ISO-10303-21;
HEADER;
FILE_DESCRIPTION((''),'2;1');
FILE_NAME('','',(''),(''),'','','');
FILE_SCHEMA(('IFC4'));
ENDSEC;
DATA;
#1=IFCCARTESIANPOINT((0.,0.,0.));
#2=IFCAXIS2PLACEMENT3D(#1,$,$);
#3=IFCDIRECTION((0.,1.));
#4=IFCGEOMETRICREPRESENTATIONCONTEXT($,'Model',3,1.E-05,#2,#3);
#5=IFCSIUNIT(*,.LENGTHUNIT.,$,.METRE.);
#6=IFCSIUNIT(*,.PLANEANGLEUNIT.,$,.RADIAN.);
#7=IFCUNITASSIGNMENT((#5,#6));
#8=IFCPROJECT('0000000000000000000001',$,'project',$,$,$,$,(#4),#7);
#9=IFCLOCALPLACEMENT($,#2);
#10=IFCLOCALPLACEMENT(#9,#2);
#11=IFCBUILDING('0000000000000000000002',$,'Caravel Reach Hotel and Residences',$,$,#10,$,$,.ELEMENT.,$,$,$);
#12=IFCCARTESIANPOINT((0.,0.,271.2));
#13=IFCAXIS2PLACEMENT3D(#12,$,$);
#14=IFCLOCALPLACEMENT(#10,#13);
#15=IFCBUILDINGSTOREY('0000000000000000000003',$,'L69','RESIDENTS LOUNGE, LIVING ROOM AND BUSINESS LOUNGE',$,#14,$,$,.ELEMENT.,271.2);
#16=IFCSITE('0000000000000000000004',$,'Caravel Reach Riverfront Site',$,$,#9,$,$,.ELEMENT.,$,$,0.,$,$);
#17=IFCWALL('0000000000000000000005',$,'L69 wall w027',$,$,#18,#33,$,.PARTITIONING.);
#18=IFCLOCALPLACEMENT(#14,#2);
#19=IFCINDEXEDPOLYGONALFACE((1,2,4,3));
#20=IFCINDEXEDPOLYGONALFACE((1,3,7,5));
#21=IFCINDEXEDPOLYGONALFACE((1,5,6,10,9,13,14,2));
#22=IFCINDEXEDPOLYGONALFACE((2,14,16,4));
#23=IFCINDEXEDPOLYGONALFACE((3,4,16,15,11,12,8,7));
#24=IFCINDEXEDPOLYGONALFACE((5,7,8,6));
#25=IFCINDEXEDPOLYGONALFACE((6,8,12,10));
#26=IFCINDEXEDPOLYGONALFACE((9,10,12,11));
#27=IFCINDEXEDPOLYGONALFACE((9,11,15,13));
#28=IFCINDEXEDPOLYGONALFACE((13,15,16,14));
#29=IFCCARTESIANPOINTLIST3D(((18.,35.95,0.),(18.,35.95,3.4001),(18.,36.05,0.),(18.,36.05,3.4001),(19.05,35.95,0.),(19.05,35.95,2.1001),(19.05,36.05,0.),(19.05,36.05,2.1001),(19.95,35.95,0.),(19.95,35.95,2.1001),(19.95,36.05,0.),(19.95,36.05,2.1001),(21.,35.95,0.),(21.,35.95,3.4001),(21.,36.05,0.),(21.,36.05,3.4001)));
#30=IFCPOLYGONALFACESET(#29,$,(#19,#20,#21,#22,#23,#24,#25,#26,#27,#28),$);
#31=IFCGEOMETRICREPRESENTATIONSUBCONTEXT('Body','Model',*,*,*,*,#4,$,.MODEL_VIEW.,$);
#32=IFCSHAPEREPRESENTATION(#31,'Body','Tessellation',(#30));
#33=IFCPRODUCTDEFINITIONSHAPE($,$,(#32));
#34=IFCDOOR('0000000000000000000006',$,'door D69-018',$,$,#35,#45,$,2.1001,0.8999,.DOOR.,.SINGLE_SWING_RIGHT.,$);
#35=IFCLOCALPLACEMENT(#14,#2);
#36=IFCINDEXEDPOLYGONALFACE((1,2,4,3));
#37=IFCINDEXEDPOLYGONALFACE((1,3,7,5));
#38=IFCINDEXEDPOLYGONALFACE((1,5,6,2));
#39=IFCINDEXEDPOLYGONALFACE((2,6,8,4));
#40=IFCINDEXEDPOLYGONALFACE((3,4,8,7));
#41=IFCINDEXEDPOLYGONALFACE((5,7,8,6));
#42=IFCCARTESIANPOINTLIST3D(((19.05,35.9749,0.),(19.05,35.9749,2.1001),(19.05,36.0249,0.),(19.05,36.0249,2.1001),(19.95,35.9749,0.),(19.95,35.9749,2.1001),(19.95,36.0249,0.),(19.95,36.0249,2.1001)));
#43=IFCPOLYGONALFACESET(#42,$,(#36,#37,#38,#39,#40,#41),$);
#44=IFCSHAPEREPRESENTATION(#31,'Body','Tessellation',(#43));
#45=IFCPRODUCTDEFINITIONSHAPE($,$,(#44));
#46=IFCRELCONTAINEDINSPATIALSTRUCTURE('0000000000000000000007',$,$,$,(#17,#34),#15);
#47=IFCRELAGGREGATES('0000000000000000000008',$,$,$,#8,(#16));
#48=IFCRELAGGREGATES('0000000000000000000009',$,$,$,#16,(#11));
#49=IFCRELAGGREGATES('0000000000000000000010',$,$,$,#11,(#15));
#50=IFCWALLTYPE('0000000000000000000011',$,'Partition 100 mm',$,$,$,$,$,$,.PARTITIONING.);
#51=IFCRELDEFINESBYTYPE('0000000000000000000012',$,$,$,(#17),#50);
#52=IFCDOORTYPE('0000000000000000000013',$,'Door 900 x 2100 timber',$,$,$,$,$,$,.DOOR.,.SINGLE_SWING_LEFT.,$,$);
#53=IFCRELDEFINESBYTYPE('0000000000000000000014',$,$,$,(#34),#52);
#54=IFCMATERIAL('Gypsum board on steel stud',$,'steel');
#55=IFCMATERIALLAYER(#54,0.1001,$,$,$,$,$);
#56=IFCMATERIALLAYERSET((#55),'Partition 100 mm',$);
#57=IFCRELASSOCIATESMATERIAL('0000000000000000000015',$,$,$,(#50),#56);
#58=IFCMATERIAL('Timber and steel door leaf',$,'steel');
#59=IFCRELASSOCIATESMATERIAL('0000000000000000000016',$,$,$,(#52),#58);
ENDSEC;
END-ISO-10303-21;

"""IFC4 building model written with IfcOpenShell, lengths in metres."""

from ifc_helpers import new_model, si_unit, direction, frame, frame_2d, origin, place, context, subcontext, project, spatial, rectangle, extrude, material, layer, layer_set, type_object, element, fill, save


model = new_model("IFC4")

# Units and contexts
model_context = context("Model", 3, precision=1e-05, world=origin(), true_north=direction((0.0, 1.0)))
body_context = subcontext(model_context, "Body", "Model", "MODEL_VIEW")
ifc_project = project(units=[si_unit("LENGTHUNIT", "METRE"), si_unit("PLANEANGLEUNIT", "RADIAN")], contexts=[model_context])

# Site, building, storey
site_placement = place(None, origin())
site = spatial("IfcSite", under=ifc_project, at=site_placement, Name="Caravel Reach Riverfront Site", CompositionType="ELEMENT", RefElevation=0.0)
building_placement = place(site_placement, origin())
building = spatial("IfcBuilding", under=site, at=building_placement, Name="Caravel Reach Hotel and Residences", CompositionType="ELEMENT")
storey_placement = place(building_placement, frame((0.0, 0.0, 271.2)))
storey = spatial("IfcBuildingStorey", under=building, at=storey_placement, Name="L69", Description="RESIDENTS LOUNGE, LIVING ROOM AND BUSINESS LOUNGE", CompositionType="ELEMENT", Elevation=271.2)

# Wall, opening, door
ifc_material_1 = material(Name="Gypsum board on steel stud", Category="steel")
ifc_layer_1 = layer(ifc_material_1, 0.1001)
ifc_layer_set_1 = layer_set([ifc_layer_1], Name="Partition 100 mm")
wall_type_1 = type_object("IfcWallType", Name="Partition 100 mm", PredefinedType="PARTITIONING", material=ifc_layer_set_1)
wall_1_placement = place(storey_placement, frame((18.0, 36.0, 0.0), z_axis=(0.0, 0.0, 1.0), x_axis=(1.0, 0.0, 0.0)))
wall_1 = element("IfcWall", 1, at=wall_1_placement, inside=storey, type_object=wall_type_1, Name="L69 wall w027", PredefinedType="PARTITIONING", context=body_context, shape_type="SweptSolid", body=[
    extrude(rectangle(XDim=3.0, YDim=0.1001, at=frame_2d((1.5, 0.0))), origin(), (0.0, 0.0, 1.0), 3.4001),
])
opening_1_placement = place(wall_1_placement, frame((1.05, 0.0, 0.0)))
opening_1 = element("IfcOpeningElement", 2, at=opening_1_placement, cuts=wall_1, PredefinedType="OPENING", context=body_context, shape_type="SweptSolid", body=[
    extrude(rectangle(XDim=0.8999, YDim=2.1001, at=frame_2d((0.45, 1.05))), frame((0.0, 0.0601, 0.0), z_axis=(0.0, -1.0, 0.0), x_axis=(1.0, 0.0, 0.0)), (0.0, 0.0, 1.0), 0.1201),
])
ifc_material_2 = material(Name="Timber and steel door leaf", Category="steel")
door_type = type_object("IfcDoorType", Name="Door 900 x 2100 timber", OperationType="SINGLE_SWING_LEFT", PredefinedType="DOOR", material=ifc_material_2)
door_placement = place(opening_1_placement, origin())
door = element("IfcDoor", 3, at=door_placement, inside=storey, type_object=door_type, Name="door D69-018", OperationType="SINGLE_SWING_RIGHT", OverallHeight=2.1001, OverallWidth=0.8999, PredefinedType="DOOR", context=body_context, shape_type="SweptSolid", body=[
    extrude(rectangle(XDim=0.8999, YDim=2.1001, at=frame_2d((0.45, 1.05))), frame((0.0, 0.0249, 0.0), z_axis=(0.0, -1.0, 0.0), x_axis=(1.0, 0.0, 0.0)), (0.0, 0.0, 1.0), 0.05),
])
fill(opening_1, door)

save(model, "model.ifc")
